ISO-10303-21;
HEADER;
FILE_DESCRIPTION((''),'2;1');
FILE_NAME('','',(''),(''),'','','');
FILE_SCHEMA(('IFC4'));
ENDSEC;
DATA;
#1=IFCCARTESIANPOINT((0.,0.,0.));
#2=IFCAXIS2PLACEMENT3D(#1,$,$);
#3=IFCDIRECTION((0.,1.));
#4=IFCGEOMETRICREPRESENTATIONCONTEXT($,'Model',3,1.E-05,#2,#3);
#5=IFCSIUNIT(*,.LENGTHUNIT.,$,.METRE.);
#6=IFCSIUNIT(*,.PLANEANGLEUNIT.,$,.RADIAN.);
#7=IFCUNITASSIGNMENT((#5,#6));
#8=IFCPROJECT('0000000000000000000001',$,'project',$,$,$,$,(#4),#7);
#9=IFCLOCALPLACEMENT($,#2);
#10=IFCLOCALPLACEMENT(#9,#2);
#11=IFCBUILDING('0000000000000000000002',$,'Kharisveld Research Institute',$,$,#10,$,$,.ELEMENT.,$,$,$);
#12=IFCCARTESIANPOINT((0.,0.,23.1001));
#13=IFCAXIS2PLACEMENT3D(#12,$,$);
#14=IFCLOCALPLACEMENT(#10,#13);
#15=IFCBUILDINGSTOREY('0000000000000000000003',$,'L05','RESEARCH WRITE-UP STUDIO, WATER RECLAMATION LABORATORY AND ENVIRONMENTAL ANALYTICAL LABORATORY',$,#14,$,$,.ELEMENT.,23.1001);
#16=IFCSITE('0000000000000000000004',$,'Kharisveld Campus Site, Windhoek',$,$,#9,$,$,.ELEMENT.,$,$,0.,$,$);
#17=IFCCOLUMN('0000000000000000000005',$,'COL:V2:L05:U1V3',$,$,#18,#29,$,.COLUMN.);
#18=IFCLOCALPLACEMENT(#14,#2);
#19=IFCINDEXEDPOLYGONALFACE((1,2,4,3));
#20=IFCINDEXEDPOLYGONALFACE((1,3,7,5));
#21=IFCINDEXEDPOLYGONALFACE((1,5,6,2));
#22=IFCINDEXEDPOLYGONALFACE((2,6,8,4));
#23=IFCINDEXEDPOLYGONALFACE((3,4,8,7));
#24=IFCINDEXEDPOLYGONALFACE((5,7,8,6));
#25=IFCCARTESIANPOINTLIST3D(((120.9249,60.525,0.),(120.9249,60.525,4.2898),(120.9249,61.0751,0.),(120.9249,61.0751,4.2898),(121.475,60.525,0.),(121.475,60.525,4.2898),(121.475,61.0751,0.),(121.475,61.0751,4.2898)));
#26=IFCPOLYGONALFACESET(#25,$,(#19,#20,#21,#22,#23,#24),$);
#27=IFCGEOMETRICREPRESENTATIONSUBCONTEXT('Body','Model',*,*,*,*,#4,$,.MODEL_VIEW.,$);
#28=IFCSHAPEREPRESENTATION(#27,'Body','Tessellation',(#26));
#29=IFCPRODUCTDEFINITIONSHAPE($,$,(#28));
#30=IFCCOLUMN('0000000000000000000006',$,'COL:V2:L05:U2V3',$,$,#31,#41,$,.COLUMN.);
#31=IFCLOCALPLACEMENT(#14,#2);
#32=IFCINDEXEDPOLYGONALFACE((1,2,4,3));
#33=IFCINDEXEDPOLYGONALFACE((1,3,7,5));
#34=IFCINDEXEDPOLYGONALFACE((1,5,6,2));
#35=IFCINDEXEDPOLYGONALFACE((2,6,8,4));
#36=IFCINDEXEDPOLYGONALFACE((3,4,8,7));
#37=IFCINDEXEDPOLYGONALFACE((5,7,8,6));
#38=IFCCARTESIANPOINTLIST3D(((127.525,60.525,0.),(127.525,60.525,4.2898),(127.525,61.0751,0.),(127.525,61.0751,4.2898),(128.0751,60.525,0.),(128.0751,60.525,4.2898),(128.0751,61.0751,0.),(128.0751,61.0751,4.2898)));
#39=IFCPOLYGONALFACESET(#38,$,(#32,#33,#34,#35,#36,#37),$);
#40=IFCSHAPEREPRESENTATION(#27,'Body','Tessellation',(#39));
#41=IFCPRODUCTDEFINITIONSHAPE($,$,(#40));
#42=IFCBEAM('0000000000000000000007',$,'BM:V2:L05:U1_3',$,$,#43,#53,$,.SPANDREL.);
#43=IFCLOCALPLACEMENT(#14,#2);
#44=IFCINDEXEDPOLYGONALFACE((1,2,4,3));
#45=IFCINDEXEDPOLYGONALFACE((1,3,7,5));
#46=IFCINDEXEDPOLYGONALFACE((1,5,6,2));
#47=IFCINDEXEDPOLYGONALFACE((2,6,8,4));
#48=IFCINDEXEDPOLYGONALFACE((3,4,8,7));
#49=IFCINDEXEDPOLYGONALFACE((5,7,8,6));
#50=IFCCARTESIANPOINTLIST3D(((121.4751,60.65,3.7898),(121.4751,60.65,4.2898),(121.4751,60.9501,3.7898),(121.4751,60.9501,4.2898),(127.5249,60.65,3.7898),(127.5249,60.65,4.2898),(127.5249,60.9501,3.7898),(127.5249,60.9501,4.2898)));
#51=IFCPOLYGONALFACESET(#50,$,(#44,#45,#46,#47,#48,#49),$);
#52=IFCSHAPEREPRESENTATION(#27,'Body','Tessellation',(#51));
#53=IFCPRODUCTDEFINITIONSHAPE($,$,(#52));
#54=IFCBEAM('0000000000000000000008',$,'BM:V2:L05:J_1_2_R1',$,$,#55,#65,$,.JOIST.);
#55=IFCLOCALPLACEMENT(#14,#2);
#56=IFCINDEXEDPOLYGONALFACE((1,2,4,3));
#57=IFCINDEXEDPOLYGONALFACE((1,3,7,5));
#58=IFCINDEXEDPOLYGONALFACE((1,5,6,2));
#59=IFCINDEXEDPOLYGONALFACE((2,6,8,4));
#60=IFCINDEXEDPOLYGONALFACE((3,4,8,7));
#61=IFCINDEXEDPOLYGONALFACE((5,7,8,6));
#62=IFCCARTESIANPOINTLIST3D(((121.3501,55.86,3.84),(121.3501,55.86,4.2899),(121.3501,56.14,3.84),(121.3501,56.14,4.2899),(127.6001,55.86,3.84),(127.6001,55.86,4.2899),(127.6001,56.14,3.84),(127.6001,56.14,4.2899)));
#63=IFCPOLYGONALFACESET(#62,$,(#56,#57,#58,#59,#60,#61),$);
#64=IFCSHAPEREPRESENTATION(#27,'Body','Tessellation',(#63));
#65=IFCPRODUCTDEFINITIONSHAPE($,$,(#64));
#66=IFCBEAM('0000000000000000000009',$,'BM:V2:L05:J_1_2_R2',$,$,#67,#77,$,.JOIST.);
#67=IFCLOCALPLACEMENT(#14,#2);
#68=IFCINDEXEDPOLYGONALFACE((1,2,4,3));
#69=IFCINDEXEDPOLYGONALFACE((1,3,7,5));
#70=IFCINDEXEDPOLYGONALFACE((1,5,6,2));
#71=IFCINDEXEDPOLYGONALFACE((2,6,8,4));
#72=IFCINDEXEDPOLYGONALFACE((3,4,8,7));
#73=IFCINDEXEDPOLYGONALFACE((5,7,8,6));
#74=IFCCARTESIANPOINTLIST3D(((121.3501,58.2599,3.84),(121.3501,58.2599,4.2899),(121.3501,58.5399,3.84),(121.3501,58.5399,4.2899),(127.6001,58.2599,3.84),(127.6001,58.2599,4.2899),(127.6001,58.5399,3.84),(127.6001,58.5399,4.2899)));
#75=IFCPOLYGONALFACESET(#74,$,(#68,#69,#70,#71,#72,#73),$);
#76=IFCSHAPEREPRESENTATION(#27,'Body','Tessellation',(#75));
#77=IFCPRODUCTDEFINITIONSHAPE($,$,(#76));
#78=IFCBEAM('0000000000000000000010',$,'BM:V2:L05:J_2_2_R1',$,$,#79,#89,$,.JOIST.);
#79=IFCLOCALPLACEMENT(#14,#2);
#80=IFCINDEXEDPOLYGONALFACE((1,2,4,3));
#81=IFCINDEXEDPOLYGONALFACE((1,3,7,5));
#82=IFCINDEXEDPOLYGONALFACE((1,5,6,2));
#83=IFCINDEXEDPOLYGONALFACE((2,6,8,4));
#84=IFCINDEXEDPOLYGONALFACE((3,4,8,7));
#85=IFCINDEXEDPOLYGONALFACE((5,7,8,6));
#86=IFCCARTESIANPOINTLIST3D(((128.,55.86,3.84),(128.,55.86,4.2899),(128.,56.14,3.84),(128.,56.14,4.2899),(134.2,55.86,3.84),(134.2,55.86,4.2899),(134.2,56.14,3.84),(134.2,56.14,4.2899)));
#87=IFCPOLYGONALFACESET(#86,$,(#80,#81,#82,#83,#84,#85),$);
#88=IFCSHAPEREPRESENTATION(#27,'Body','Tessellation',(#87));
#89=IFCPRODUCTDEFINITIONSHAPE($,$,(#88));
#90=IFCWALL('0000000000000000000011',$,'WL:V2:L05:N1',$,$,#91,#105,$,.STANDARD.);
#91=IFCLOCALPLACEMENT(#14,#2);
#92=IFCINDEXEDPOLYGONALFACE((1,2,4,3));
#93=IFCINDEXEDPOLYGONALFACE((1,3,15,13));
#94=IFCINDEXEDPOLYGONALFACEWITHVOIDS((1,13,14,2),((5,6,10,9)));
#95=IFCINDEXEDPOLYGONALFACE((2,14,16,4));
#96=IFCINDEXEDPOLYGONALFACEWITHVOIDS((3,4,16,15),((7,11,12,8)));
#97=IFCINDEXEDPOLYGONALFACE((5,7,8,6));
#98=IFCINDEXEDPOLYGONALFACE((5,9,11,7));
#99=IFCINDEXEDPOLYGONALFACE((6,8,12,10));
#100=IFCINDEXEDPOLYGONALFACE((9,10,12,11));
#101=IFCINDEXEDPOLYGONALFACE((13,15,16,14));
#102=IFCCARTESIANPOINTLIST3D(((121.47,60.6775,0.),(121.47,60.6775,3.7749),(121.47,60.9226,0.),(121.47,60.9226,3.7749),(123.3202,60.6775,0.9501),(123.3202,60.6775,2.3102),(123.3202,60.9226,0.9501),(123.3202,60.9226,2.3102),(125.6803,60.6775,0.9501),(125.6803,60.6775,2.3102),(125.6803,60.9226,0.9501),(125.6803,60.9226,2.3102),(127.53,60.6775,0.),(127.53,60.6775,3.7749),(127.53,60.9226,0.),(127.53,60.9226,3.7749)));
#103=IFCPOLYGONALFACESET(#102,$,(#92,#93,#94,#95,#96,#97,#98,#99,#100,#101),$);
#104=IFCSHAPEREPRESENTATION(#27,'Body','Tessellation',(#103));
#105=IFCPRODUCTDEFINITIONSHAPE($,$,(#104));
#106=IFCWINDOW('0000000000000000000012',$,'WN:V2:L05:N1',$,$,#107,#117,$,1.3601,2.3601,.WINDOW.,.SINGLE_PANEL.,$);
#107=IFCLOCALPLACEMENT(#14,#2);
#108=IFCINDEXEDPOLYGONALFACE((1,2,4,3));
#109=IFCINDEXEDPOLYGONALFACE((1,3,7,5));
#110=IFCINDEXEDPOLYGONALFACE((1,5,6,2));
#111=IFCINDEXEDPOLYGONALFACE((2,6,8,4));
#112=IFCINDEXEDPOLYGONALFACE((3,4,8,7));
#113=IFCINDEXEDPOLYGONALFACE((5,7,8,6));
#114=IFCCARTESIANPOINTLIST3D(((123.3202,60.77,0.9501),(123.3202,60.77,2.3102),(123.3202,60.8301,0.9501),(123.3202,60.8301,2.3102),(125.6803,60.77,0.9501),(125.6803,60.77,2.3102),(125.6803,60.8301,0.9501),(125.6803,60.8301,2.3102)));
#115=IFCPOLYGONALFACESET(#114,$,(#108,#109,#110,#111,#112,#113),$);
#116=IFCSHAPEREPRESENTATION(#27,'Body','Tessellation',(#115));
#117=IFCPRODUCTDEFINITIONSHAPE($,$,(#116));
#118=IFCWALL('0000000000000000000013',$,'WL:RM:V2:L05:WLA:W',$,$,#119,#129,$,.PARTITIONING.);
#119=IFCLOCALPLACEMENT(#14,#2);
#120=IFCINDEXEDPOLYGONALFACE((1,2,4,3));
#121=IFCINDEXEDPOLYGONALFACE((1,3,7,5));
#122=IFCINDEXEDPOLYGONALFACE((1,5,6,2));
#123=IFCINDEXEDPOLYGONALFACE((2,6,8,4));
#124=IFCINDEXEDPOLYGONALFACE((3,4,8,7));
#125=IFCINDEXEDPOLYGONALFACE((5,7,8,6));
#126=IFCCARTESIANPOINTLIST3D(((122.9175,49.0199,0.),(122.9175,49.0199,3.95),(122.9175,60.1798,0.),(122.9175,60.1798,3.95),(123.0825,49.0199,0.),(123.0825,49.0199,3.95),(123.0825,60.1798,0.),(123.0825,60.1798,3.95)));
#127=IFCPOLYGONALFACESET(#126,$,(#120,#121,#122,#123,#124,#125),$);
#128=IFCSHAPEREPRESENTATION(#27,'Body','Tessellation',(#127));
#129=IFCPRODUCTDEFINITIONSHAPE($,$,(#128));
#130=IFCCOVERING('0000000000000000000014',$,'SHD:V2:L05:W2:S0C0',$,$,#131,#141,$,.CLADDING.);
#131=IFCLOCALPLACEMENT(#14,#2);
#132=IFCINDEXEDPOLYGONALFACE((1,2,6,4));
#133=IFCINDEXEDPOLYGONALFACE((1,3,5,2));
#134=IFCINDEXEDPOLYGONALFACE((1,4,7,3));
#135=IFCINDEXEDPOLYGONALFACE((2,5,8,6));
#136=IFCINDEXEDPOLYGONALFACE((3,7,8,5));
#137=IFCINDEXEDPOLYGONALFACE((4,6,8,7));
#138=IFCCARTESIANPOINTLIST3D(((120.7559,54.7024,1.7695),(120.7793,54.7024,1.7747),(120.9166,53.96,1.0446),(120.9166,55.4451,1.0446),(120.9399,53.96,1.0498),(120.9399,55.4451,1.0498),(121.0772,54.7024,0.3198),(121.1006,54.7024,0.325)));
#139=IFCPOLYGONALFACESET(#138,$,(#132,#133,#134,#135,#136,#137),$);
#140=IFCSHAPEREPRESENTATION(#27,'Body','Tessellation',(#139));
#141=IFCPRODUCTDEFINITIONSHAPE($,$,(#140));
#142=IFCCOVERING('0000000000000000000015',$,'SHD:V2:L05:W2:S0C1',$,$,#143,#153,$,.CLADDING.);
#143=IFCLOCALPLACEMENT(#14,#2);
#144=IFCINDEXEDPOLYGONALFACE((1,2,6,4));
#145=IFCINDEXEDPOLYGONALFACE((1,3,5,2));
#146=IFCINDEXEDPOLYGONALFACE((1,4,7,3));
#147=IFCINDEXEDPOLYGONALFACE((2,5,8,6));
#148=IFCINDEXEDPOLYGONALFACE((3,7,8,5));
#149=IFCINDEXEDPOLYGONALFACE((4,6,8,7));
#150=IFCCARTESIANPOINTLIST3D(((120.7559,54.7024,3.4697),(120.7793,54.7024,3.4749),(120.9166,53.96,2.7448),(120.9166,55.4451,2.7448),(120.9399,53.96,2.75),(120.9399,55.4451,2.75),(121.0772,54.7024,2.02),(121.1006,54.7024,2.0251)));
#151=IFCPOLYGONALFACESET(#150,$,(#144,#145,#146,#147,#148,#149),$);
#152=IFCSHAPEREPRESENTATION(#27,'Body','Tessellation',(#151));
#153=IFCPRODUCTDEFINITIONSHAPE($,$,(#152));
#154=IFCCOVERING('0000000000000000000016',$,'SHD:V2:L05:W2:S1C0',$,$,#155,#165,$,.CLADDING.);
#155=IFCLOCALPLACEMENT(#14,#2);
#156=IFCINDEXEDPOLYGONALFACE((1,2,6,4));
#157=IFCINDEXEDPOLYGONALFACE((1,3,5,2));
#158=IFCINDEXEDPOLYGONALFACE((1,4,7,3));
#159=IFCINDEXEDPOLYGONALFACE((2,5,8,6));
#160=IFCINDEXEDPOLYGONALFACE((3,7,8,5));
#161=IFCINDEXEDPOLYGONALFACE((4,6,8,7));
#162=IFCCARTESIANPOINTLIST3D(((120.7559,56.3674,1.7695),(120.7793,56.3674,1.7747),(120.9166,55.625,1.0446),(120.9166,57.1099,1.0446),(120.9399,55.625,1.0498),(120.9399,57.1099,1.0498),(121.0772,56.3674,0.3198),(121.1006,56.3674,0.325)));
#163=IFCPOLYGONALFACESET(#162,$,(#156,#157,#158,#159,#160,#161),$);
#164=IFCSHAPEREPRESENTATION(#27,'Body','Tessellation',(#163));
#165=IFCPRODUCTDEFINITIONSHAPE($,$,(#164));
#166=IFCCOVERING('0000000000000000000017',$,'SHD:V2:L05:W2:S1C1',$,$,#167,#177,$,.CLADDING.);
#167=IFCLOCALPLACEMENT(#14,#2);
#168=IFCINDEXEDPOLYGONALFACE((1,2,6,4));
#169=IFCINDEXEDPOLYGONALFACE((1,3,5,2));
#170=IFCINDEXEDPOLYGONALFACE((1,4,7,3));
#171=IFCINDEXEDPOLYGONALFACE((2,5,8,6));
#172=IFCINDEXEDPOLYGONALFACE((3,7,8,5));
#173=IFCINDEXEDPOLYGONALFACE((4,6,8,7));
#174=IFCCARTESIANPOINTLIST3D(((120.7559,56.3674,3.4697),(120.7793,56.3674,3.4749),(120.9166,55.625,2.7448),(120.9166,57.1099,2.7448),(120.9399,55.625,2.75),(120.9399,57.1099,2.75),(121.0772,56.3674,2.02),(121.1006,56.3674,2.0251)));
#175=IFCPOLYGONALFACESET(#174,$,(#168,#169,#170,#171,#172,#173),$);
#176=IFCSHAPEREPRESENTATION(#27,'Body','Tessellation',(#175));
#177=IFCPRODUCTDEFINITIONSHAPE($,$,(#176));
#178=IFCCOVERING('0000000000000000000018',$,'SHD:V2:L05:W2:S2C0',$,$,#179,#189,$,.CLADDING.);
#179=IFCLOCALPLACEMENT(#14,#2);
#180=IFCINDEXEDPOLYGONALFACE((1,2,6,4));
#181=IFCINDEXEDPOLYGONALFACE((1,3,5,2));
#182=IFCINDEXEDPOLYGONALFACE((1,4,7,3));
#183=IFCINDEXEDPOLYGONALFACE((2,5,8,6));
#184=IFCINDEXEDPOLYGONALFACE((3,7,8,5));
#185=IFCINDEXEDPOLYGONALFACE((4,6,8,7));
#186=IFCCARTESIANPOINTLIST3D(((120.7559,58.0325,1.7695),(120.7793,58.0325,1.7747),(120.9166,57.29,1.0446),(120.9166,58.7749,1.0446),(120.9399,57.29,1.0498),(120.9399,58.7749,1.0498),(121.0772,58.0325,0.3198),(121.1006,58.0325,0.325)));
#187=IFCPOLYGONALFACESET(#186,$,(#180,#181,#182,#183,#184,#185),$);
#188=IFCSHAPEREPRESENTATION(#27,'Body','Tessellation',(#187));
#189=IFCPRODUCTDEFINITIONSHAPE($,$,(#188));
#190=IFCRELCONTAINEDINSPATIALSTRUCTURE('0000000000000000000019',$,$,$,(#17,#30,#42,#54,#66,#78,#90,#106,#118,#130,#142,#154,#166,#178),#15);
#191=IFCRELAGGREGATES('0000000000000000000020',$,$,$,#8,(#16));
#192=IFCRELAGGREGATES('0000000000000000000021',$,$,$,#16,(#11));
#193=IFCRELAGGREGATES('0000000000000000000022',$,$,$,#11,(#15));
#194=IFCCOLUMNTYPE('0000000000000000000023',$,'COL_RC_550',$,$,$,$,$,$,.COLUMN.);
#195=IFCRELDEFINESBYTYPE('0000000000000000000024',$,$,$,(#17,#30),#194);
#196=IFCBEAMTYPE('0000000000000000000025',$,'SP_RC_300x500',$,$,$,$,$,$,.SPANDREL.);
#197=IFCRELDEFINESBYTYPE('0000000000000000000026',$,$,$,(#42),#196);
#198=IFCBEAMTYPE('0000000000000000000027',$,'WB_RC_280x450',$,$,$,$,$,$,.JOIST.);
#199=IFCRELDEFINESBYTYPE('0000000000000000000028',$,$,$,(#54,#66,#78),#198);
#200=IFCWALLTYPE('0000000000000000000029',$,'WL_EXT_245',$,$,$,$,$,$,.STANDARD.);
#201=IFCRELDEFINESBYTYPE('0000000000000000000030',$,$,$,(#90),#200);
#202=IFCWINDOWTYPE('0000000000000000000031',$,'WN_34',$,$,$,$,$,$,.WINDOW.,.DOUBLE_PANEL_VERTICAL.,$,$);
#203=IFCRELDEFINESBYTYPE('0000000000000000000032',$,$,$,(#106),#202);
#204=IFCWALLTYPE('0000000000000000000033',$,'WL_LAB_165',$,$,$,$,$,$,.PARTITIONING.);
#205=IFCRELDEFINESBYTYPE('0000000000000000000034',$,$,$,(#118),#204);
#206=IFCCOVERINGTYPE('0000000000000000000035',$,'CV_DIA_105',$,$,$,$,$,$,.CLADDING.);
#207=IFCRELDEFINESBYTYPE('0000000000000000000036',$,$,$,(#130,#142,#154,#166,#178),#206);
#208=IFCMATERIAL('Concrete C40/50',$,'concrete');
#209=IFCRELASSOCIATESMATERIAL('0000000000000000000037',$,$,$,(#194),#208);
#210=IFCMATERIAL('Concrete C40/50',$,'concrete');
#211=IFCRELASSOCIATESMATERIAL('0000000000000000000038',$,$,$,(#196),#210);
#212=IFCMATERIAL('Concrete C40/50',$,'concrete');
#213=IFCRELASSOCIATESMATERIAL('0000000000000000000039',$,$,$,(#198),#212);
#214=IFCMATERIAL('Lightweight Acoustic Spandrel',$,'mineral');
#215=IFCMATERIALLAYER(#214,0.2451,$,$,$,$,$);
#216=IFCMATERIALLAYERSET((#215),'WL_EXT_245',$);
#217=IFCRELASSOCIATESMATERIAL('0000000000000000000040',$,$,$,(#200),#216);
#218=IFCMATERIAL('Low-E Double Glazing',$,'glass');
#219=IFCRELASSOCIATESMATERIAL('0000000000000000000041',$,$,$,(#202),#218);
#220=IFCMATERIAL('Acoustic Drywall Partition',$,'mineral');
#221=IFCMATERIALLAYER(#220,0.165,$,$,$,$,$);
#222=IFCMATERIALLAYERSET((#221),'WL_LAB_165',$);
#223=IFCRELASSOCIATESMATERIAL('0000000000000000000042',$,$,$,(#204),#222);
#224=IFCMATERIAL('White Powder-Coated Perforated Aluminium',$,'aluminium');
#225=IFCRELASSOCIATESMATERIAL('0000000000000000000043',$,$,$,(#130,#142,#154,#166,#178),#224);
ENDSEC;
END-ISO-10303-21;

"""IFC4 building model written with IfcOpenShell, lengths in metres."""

from ifc_helpers import new_model, si_unit, direction, frame, frame_2d, origin, origin_2d, place, context, subcontext, project, spatial, polyline, rectangle, outline, extrude, material, layer, layer_set, material_profile, profile_set, type_object, element, fill, save


model = new_model("IFC4")

# Units and contexts
model_context = context("Model", 3, precision=1e-05, world=origin(), true_north=direction((0.0, 1.0)))
body_context = subcontext(model_context, "Body", "Model", "MODEL_VIEW")
ifc_project = project(units=[si_unit("LENGTHUNIT", "METRE"), si_unit("PLANEANGLEUNIT", "RADIAN")], contexts=[model_context])

# Site, building, storey
site_placement = place(None, origin())
site = spatial("IfcSite", under=ifc_project, at=site_placement, Name="Kharisveld Campus Site, Windhoek", CompositionType="ELEMENT", RefElevation=0.0)
building_placement = place(site_placement, origin())
building = spatial("IfcBuilding", under=site, at=building_placement, Name="Kharisveld Research Institute", CompositionType="ELEMENT")
storey_placement = place(building_placement, frame((0.0, 0.0, 23.1001)))
storey = spatial("IfcBuildingStorey", under=building, at=storey_placement, Name="L05", Description="RESEARCH WRITE-UP STUDIO, WATER RECLAMATION LABORATORY AND ENVIRONMENTAL ANALYTICAL LABORATORY", CompositionType="ELEMENT", Elevation=23.1001)

# Columns
ifc_material_1 = material(Name="Concrete C40/50", Category="concrete")
ifc_material_profile_1 = material_profile(ifc_material_1, rectangle(XDim=0.55, YDim=0.55, at=origin_2d()))
ifc_profile_set_1 = profile_set([ifc_material_profile_1], Name="Concrete C40/50")
column_type = type_object("IfcColumnType", Name="COL_RC_550", PredefinedType="COLUMN", material=ifc_profile_set_1)
for number, where, z_axis, x_axis, name in (
    (1, (121.2, 60.8, 0.0), (0.0, 0.0, 1.0), (1.0, 0.0, 0.0), "COL:V2:L05:U1V3"),
    (2, (127.8, 60.8, 0.0), (0.0, 0.0, 1.0), (1.0, 0.0, 0.0), "COL:V2:L05:U2V3"),
):
    element("IfcColumn", number, at=place(storey_placement, frame(where, z_axis=z_axis, x_axis=x_axis)), inside=storey, type_object=column_type, Name=name, PredefinedType="COLUMN", context=body_context, shape_type="SweptSolid", body=[
        extrude(rectangle(XDim=0.55, YDim=0.55, at=origin_2d()), origin(), (0.0, 0.0, 1.0), 4.2898),
    ])

# Beams
ifc_material_2 = material(Name="Concrete C40/50", Category="concrete")
ifc_material_profile_2 = material_profile(ifc_material_2, rectangle(XDim=0.3, YDim=0.5, at=origin_2d()))
ifc_profile_set_2 = profile_set([ifc_material_profile_2], Name="Concrete C40/50")
beam_type_1 = type_object("IfcBeamType", Name="SP_RC_300x500", PredefinedType="SPANDREL", material=ifc_profile_set_2)
beam_1_placement = place(storey_placement, frame((121.4751, 60.8, 4.0398), z_axis=(1.0, 0.0, 0.0), x_axis=(0.0, 1.0, 0.0)))
element("IfcBeam", 3, at=beam_1_placement, inside=storey, type_object=beam_type_1, Name="BM:V2:L05:U1_3", PredefinedType="SPANDREL", context=body_context, shape_type="SweptSolid", body=[
    extrude(rectangle(XDim=0.3, YDim=0.5, at=origin_2d()), origin(), (0.0, 0.0, 1.0), 6.0498),
])
ifc_material_3 = material(Name="Concrete C40/50", Category="concrete")
ifc_material_profile_3 = material_profile(ifc_material_3, rectangle(XDim=0.28, YDim=0.45, at=origin_2d()))
ifc_profile_set_3 = profile_set([ifc_material_profile_3], Name="Concrete C40/50")
beam_type_2 = type_object("IfcBeamType", Name="WB_RC_280x450", PredefinedType="JOIST", material=ifc_profile_set_3)
for number, where, z_axis, x_axis, name in (
    (4, (121.3501, 56.0, 4.0649), (1.0, 0.0, 0.0), (0.0, 1.0, 0.0), "BM:V2:L05:J_1_2_R1"),
    (5, (121.3501, 58.3999, 4.0649), (1.0, 0.0, 0.0), (0.0, 1.0, 0.0), "BM:V2:L05:J_1_2_R2"),
):
    element("IfcBeam", number, at=place(storey_placement, frame(where, z_axis=z_axis, x_axis=x_axis)), inside=storey, type_object=beam_type_2, Name=name, PredefinedType="JOIST", context=body_context, shape_type="SweptSolid", body=[
        extrude(rectangle(XDim=0.28, YDim=0.45, at=origin_2d()), origin(), (0.0, 0.0, 1.0), 6.25),
    ])
beam_2_placement = place(storey_placement, frame((128.0, 56.0, 4.0649), z_axis=(1.0, 0.0, 0.0), x_axis=(0.0, 1.0, 0.0)))
element("IfcBeam", 6, at=beam_2_placement, inside=storey, type_object=beam_type_2, Name="BM:V2:L05:J_2_2_R1", PredefinedType="JOIST", context=body_context, shape_type="SweptSolid", body=[
    extrude(rectangle(XDim=0.28, YDim=0.45, at=origin_2d()), origin(), (0.0, 0.0, 1.0), 6.2),
])

# Wall, opening, window
ifc_material_4 = material(Name="Lightweight Acoustic Spandrel", Category="mineral")
ifc_layer_1 = layer(ifc_material_4, 0.2451)
ifc_layer_set_1 = layer_set([ifc_layer_1], Name="WL_EXT_245")
wall_type_1 = type_object("IfcWallType", Name="WL_EXT_245", PredefinedType="STANDARD", material=ifc_layer_set_1)
wall_1_placement = place(storey_placement, frame((121.47, 60.8, 0.0), z_axis=(0.0, 0.0, 1.0), x_axis=(1.0, 0.0, 0.0)))
wall_1 = element("IfcWall", 7, at=wall_1_placement, inside=storey, type_object=wall_type_1, Name="WL:V2:L05:N1", PredefinedType="STANDARD", context=body_context, shape_type="SweptSolid", body=[
    extrude(rectangle(XDim=6.0601, YDim=0.2451, at=frame_2d((3.03, 0.0))), origin(), (0.0, 0.0, 1.0), 3.7749),
])
opening_placement = place(wall_1_placement, frame((1.8501, 0.0, 0.95)))
opening = element("IfcOpeningElement", 8, at=opening_placement, cuts=wall_1, PredefinedType="OPENING", context=body_context, shape_type="SweptSolid", body=[
    extrude(rectangle(XDim=2.3601, YDim=1.3601, at=frame_2d((1.1802, 0.6802))), frame((0.0, 0.1226, 0.0), z_axis=(0.0, -1.0, 0.0), x_axis=(1.0, 0.0, 0.0)), (0.0, 0.0, 1.0), 0.2451),
])
ifc_material_5 = material(Name="Low-E Double Glazing", Category="glass")
window_type = type_object("IfcWindowType", Name="WN_34", PartitioningType="DOUBLE_PANEL_VERTICAL", PredefinedType="WINDOW", material=ifc_material_5)
window_placement = place(opening_placement, origin())
window = element("IfcWindow", 9, at=window_placement, inside=storey, type_object=window_type, Name="WN:V2:L05:N1", OverallHeight=1.3601, OverallWidth=2.3601, PartitioningType="SINGLE_PANEL", PredefinedType="WINDOW", context=body_context, shape_type="SweptSolid", body=[
    extrude(rectangle(XDim=2.3601, YDim=1.3601, at=frame_2d((1.1802, 0.6802))), frame((0.0, 0.03, 0.0), z_axis=(0.0, -1.0, 0.0), x_axis=(1.0, 0.0, 0.0)), (0.0, 0.0, 1.0), 0.0601),
])
fill(opening, window)

# Wall
ifc_material_6 = material(Name="Acoustic Drywall Partition", Category="mineral")
ifc_layer_2 = layer(ifc_material_6, 0.165)
ifc_layer_set_2 = layer_set([ifc_layer_2], Name="WL_LAB_165")
wall_type_2 = type_object("IfcWallType", Name="WL_LAB_165", PredefinedType="PARTITIONING", material=ifc_layer_set_2)
wall_2_placement = place(storey_placement, frame((123.0, 60.1799, 0.0), z_axis=(0.0, 0.0, 1.0), x_axis=(0.0, -1.0, 0.0)))
element("IfcWall", 10, at=wall_2_placement, inside=storey, type_object=wall_type_2, Name="WL:RM:V2:L05:WLA:W", PredefinedType="PARTITIONING", context=body_context, shape_type="SweptSolid", body=[
    extrude(rectangle(XDim=11.1599, YDim=0.165, at=frame_2d((5.5801, 0.0))), origin(), (0.0, 0.0, 1.0), 3.95),
])

# Coverings
ifc_material_7 = material(Name="White Powder-Coated Perforated Aluminium", Category="aluminium")
covering_type = type_object("IfcCoveringType", Name="CV_DIA_105", PredefinedType="CLADDING")
for number, where, z_axis, x_axis, name in (
    (11, (121.1006, 54.7024, 0.325), (0.976311, 0.0, 0.216373), (-0.152975, 0.707218, 0.690247), "SHD:V2:L05:W2:S0C0"),
    (12, (121.1006, 54.7024, 2.0251), (0.976311, 0.0, 0.216373), (-0.152975, 0.707218, 0.690247), "SHD:V2:L05:W2:S0C1"),
):
    element("IfcCovering", number, at=place(storey_placement, frame(where, z_axis=z_axis, x_axis=x_axis)), inside=storey, type_object=covering_type, material=ifc_material_7, Name=name, PredefinedType="CLADDING", context=body_context, shape_type="SweptSolid", body=[
        extrude(outline(polyline([(0.0, 0.0), (1.0501, 0.0), (1.0498, 1.0501), (-0.0002, 1.05), (0.0, 0.0)])), origin(), (0.0, 0.0, -1.0), 0.0239),
    ])
for number, where, z_axis, x_axis, name in (
    (13, (121.1006, 56.3674, 0.325), (0.976311, 0.0, 0.216373), (-0.153, 0.707102, 0.69036), "SHD:V2:L05:W2:S1C0"),
    (14, (121.1006, 56.3674, 2.0251), (0.976311, 0.0, 0.216373), (-0.153, 0.707102, 0.69036), "SHD:V2:L05:W2:S1C1"),
    (15, (121.1006, 58.0325, 0.325), (0.976311, 0.0, 0.216373), (-0.153, 0.707102, 0.69036), "SHD:V2:L05:W2:S2C0"),
):
    element("IfcCovering", number, at=place(storey_placement, frame(where, z_axis=z_axis, x_axis=x_axis)), inside=storey, type_object=covering_type, material=ifc_material_7, Name=name, PredefinedType="CLADDING", context=body_context, shape_type="SweptSolid", body=[
        extrude(outline(polyline([(0.0, 0.0), (1.05, 0.0), (1.05, 1.05), (0.0, 1.05), (0.0, 0.0)])), origin(), (0.0, 0.0, -1.0), 0.0239),
    ])

save(model, "model.ifc")
